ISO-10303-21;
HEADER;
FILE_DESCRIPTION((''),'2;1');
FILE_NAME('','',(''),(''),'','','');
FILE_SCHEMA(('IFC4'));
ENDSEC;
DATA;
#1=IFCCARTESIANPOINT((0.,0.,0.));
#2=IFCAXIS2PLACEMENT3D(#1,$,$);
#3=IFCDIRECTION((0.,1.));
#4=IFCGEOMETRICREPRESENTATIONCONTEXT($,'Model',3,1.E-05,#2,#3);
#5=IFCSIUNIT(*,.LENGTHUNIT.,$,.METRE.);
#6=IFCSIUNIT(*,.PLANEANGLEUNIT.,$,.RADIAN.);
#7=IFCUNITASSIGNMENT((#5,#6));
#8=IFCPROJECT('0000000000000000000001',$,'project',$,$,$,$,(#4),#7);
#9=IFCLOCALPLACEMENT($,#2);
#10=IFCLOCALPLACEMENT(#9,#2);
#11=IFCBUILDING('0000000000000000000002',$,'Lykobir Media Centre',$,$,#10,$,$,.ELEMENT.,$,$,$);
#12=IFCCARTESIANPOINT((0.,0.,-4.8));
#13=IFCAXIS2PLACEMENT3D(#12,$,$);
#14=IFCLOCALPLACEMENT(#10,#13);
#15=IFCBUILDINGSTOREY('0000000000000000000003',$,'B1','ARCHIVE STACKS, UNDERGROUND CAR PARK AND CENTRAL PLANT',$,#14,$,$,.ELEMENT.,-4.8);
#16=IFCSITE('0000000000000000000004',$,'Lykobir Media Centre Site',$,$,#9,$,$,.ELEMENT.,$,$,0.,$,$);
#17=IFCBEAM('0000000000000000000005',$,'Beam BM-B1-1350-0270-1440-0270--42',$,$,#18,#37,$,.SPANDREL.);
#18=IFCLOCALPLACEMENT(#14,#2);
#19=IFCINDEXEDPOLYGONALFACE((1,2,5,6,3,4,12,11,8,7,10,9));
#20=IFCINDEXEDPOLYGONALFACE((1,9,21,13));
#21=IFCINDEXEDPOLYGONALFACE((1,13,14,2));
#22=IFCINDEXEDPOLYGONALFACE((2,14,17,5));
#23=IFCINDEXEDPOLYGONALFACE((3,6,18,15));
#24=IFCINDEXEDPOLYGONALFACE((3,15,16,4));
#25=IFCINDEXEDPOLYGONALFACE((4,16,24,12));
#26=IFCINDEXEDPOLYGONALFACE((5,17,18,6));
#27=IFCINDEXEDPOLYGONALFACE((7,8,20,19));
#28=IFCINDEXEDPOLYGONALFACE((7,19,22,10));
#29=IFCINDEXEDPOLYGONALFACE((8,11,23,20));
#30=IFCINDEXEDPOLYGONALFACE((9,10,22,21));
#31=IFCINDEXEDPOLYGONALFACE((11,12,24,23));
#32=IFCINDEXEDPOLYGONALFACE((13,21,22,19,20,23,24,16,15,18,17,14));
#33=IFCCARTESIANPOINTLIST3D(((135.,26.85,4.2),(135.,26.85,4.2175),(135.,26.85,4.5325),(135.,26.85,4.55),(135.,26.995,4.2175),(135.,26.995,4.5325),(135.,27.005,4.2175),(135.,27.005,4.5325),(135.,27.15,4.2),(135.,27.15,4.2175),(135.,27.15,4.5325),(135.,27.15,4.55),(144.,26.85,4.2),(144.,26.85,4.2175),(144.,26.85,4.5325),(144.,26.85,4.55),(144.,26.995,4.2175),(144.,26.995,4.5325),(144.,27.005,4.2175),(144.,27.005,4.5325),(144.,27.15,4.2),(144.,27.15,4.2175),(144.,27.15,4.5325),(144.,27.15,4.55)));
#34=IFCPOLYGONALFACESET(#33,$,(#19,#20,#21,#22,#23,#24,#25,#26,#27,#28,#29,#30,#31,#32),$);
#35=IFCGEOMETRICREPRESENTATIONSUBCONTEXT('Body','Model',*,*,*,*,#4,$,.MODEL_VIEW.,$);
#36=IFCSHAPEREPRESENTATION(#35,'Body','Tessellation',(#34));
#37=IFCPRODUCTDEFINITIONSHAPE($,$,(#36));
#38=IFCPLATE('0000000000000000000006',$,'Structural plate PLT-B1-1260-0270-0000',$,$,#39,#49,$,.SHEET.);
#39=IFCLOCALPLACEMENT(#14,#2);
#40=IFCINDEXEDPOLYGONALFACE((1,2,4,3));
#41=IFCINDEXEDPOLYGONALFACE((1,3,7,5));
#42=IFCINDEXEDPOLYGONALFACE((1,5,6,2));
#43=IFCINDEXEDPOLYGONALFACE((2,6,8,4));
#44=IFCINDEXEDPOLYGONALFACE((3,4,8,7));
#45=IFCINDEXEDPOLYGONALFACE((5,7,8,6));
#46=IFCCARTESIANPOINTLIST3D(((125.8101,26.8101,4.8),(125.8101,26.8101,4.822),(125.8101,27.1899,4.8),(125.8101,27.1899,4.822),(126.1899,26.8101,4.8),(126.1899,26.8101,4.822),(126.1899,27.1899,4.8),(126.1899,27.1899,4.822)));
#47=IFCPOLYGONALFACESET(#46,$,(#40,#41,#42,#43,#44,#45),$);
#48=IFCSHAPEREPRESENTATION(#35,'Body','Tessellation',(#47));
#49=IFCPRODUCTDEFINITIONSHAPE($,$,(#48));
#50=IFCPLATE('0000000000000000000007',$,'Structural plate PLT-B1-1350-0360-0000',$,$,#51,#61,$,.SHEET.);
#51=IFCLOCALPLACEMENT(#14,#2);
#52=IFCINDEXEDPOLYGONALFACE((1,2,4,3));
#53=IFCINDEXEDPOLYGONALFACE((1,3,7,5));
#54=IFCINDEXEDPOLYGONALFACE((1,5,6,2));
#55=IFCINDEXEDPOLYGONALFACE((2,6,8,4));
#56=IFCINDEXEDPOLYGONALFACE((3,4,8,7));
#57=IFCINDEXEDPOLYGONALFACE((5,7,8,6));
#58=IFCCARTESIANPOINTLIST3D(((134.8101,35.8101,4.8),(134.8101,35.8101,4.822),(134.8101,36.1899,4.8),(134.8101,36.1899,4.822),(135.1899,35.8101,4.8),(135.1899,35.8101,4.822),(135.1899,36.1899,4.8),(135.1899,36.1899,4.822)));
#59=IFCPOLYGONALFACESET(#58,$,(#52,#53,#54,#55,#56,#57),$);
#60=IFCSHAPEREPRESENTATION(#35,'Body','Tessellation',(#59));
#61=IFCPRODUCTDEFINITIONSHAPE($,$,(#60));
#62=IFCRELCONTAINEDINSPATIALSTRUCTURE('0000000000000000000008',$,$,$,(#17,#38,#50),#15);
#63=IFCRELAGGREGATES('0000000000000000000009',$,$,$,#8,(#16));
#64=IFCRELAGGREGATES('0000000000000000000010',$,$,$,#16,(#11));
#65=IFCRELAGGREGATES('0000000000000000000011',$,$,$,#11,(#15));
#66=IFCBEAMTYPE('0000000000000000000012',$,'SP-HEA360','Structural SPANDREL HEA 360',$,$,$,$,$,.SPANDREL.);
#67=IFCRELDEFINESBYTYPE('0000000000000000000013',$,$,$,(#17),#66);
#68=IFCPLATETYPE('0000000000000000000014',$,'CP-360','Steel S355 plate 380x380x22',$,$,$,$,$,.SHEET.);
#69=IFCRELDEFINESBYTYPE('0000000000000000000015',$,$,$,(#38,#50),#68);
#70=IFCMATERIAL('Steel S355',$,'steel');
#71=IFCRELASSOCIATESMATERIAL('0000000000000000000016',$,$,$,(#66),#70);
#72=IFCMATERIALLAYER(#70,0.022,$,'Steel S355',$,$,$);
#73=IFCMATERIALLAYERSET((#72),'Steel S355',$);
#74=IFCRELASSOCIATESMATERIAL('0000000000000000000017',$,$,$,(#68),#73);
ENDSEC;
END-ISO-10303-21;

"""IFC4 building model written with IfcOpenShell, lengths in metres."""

from ifc_helpers import new_model, si_unit, direction, frame, origin, origin_2d, place, context, subcontext, project, spatial, rectangle, i_section, extrude, material, layer, layer_set, material_profile, profile_set, type_object, element, save


model = new_model("IFC4")

# Units and contexts
model_context = context("Model", 3, precision=1e-05, world=origin(), true_north=direction((0.0, 1.0)))
body_context = subcontext(model_context, "Body", "Model", "MODEL_VIEW")
ifc_project = project(units=[si_unit("LENGTHUNIT", "METRE"), si_unit("PLANEANGLEUNIT", "RADIAN")], contexts=[model_context])

# Site, building, storey
site_placement = place(None, origin())
site = spatial("IfcSite", under=ifc_project, at=site_placement, Name="Lykobir Media Centre Site", CompositionType="ELEMENT", RefElevation=0.0)
building_placement = place(site_placement, origin())
building = spatial("IfcBuilding", under=site, at=building_placement, Name="Lykobir Media Centre", CompositionType="ELEMENT")
storey_placement = place(building_placement, frame((0.0, 0.0, -4.8)))
storey = spatial("IfcBuildingStorey", under=building, at=storey_placement, Name="B1", Description="ARCHIVE STACKS, UNDERGROUND CAR PARK AND CENTRAL PLANT", CompositionType="ELEMENT", Elevation=-4.8)

# Shared definitions
ifc_material_1 = material(Name="Steel S355", Category="steel")

# Beam
ifc_material_profile_1 = material_profile(ifc_material_1, i_section(OverallWidth=0.3, OverallDepth=0.3501, WebThickness=0.01, FlangeThickness=0.0176, at=origin_2d()), Name="HEA 360")
ifc_profile_set_1 = profile_set([ifc_material_profile_1], Name="Steel S355")
beam_type_1 = type_object("IfcBeamType", Name="SP-HEA360", Description="Structural SPANDREL HEA 360", PredefinedType="SPANDREL", material=ifc_profile_set_1)
beam_1_placement = place(storey_placement, frame((135.0, 27.0, 4.375), z_axis=(1.0, 0.0, 0.0), x_axis=(0.0, 1.0, 0.0)))
element("IfcBeam", 1, at=beam_1_placement, inside=storey, type_object=beam_type_1, Name="Beam BM-B1-1350-0270-1440-0270--42", PredefinedType="SPANDREL", context=body_context, shape_type="SweptSolid", body=[
    extrude(i_section(OverallWidth=0.3, OverallDepth=0.3501, WebThickness=0.01, FlangeThickness=0.0176, at=origin_2d()), origin(), (0.0, 0.0, 1.0), 9.0),
])

# Plates
ifc_layer = layer(ifc_material_1, 0.022, Name="Steel S355")
ifc_layer_set = layer_set([ifc_layer], Name="Steel S355")
plate_type = type_object("IfcPlateType", Name="CP-360", Description="Steel S355 plate 380x380x22", PredefinedType="SHEET", material=ifc_layer_set)
for number, where, z_axis, x_axis, name in (
    (2, (126.0, 27.0, 4.8), (0.0, 0.0, 1.0), (1.0, 0.0, 0.0), "Structural plate PLT-B1-1260-0270-0000"),
    (3, (135.0, 36.0, 4.8), (0.0, 0.0, 1.0), (1.0, 0.0, 0.0), "Structural plate PLT-B1-1350-0360-0000"),
):
    element("IfcPlate", number, at=place(storey_placement, frame(where, z_axis=z_axis, x_axis=x_axis)), inside=storey, type_object=plate_type, Name=name, PredefinedType="SHEET", context=body_context, shape_type="SweptSolid", body=[
        extrude(rectangle(XDim=0.3799, YDim=0.3799, at=origin_2d()), origin(), (0.0, 0.0, 1.0), 0.022),
    ])

save(model, "model.ifc")
